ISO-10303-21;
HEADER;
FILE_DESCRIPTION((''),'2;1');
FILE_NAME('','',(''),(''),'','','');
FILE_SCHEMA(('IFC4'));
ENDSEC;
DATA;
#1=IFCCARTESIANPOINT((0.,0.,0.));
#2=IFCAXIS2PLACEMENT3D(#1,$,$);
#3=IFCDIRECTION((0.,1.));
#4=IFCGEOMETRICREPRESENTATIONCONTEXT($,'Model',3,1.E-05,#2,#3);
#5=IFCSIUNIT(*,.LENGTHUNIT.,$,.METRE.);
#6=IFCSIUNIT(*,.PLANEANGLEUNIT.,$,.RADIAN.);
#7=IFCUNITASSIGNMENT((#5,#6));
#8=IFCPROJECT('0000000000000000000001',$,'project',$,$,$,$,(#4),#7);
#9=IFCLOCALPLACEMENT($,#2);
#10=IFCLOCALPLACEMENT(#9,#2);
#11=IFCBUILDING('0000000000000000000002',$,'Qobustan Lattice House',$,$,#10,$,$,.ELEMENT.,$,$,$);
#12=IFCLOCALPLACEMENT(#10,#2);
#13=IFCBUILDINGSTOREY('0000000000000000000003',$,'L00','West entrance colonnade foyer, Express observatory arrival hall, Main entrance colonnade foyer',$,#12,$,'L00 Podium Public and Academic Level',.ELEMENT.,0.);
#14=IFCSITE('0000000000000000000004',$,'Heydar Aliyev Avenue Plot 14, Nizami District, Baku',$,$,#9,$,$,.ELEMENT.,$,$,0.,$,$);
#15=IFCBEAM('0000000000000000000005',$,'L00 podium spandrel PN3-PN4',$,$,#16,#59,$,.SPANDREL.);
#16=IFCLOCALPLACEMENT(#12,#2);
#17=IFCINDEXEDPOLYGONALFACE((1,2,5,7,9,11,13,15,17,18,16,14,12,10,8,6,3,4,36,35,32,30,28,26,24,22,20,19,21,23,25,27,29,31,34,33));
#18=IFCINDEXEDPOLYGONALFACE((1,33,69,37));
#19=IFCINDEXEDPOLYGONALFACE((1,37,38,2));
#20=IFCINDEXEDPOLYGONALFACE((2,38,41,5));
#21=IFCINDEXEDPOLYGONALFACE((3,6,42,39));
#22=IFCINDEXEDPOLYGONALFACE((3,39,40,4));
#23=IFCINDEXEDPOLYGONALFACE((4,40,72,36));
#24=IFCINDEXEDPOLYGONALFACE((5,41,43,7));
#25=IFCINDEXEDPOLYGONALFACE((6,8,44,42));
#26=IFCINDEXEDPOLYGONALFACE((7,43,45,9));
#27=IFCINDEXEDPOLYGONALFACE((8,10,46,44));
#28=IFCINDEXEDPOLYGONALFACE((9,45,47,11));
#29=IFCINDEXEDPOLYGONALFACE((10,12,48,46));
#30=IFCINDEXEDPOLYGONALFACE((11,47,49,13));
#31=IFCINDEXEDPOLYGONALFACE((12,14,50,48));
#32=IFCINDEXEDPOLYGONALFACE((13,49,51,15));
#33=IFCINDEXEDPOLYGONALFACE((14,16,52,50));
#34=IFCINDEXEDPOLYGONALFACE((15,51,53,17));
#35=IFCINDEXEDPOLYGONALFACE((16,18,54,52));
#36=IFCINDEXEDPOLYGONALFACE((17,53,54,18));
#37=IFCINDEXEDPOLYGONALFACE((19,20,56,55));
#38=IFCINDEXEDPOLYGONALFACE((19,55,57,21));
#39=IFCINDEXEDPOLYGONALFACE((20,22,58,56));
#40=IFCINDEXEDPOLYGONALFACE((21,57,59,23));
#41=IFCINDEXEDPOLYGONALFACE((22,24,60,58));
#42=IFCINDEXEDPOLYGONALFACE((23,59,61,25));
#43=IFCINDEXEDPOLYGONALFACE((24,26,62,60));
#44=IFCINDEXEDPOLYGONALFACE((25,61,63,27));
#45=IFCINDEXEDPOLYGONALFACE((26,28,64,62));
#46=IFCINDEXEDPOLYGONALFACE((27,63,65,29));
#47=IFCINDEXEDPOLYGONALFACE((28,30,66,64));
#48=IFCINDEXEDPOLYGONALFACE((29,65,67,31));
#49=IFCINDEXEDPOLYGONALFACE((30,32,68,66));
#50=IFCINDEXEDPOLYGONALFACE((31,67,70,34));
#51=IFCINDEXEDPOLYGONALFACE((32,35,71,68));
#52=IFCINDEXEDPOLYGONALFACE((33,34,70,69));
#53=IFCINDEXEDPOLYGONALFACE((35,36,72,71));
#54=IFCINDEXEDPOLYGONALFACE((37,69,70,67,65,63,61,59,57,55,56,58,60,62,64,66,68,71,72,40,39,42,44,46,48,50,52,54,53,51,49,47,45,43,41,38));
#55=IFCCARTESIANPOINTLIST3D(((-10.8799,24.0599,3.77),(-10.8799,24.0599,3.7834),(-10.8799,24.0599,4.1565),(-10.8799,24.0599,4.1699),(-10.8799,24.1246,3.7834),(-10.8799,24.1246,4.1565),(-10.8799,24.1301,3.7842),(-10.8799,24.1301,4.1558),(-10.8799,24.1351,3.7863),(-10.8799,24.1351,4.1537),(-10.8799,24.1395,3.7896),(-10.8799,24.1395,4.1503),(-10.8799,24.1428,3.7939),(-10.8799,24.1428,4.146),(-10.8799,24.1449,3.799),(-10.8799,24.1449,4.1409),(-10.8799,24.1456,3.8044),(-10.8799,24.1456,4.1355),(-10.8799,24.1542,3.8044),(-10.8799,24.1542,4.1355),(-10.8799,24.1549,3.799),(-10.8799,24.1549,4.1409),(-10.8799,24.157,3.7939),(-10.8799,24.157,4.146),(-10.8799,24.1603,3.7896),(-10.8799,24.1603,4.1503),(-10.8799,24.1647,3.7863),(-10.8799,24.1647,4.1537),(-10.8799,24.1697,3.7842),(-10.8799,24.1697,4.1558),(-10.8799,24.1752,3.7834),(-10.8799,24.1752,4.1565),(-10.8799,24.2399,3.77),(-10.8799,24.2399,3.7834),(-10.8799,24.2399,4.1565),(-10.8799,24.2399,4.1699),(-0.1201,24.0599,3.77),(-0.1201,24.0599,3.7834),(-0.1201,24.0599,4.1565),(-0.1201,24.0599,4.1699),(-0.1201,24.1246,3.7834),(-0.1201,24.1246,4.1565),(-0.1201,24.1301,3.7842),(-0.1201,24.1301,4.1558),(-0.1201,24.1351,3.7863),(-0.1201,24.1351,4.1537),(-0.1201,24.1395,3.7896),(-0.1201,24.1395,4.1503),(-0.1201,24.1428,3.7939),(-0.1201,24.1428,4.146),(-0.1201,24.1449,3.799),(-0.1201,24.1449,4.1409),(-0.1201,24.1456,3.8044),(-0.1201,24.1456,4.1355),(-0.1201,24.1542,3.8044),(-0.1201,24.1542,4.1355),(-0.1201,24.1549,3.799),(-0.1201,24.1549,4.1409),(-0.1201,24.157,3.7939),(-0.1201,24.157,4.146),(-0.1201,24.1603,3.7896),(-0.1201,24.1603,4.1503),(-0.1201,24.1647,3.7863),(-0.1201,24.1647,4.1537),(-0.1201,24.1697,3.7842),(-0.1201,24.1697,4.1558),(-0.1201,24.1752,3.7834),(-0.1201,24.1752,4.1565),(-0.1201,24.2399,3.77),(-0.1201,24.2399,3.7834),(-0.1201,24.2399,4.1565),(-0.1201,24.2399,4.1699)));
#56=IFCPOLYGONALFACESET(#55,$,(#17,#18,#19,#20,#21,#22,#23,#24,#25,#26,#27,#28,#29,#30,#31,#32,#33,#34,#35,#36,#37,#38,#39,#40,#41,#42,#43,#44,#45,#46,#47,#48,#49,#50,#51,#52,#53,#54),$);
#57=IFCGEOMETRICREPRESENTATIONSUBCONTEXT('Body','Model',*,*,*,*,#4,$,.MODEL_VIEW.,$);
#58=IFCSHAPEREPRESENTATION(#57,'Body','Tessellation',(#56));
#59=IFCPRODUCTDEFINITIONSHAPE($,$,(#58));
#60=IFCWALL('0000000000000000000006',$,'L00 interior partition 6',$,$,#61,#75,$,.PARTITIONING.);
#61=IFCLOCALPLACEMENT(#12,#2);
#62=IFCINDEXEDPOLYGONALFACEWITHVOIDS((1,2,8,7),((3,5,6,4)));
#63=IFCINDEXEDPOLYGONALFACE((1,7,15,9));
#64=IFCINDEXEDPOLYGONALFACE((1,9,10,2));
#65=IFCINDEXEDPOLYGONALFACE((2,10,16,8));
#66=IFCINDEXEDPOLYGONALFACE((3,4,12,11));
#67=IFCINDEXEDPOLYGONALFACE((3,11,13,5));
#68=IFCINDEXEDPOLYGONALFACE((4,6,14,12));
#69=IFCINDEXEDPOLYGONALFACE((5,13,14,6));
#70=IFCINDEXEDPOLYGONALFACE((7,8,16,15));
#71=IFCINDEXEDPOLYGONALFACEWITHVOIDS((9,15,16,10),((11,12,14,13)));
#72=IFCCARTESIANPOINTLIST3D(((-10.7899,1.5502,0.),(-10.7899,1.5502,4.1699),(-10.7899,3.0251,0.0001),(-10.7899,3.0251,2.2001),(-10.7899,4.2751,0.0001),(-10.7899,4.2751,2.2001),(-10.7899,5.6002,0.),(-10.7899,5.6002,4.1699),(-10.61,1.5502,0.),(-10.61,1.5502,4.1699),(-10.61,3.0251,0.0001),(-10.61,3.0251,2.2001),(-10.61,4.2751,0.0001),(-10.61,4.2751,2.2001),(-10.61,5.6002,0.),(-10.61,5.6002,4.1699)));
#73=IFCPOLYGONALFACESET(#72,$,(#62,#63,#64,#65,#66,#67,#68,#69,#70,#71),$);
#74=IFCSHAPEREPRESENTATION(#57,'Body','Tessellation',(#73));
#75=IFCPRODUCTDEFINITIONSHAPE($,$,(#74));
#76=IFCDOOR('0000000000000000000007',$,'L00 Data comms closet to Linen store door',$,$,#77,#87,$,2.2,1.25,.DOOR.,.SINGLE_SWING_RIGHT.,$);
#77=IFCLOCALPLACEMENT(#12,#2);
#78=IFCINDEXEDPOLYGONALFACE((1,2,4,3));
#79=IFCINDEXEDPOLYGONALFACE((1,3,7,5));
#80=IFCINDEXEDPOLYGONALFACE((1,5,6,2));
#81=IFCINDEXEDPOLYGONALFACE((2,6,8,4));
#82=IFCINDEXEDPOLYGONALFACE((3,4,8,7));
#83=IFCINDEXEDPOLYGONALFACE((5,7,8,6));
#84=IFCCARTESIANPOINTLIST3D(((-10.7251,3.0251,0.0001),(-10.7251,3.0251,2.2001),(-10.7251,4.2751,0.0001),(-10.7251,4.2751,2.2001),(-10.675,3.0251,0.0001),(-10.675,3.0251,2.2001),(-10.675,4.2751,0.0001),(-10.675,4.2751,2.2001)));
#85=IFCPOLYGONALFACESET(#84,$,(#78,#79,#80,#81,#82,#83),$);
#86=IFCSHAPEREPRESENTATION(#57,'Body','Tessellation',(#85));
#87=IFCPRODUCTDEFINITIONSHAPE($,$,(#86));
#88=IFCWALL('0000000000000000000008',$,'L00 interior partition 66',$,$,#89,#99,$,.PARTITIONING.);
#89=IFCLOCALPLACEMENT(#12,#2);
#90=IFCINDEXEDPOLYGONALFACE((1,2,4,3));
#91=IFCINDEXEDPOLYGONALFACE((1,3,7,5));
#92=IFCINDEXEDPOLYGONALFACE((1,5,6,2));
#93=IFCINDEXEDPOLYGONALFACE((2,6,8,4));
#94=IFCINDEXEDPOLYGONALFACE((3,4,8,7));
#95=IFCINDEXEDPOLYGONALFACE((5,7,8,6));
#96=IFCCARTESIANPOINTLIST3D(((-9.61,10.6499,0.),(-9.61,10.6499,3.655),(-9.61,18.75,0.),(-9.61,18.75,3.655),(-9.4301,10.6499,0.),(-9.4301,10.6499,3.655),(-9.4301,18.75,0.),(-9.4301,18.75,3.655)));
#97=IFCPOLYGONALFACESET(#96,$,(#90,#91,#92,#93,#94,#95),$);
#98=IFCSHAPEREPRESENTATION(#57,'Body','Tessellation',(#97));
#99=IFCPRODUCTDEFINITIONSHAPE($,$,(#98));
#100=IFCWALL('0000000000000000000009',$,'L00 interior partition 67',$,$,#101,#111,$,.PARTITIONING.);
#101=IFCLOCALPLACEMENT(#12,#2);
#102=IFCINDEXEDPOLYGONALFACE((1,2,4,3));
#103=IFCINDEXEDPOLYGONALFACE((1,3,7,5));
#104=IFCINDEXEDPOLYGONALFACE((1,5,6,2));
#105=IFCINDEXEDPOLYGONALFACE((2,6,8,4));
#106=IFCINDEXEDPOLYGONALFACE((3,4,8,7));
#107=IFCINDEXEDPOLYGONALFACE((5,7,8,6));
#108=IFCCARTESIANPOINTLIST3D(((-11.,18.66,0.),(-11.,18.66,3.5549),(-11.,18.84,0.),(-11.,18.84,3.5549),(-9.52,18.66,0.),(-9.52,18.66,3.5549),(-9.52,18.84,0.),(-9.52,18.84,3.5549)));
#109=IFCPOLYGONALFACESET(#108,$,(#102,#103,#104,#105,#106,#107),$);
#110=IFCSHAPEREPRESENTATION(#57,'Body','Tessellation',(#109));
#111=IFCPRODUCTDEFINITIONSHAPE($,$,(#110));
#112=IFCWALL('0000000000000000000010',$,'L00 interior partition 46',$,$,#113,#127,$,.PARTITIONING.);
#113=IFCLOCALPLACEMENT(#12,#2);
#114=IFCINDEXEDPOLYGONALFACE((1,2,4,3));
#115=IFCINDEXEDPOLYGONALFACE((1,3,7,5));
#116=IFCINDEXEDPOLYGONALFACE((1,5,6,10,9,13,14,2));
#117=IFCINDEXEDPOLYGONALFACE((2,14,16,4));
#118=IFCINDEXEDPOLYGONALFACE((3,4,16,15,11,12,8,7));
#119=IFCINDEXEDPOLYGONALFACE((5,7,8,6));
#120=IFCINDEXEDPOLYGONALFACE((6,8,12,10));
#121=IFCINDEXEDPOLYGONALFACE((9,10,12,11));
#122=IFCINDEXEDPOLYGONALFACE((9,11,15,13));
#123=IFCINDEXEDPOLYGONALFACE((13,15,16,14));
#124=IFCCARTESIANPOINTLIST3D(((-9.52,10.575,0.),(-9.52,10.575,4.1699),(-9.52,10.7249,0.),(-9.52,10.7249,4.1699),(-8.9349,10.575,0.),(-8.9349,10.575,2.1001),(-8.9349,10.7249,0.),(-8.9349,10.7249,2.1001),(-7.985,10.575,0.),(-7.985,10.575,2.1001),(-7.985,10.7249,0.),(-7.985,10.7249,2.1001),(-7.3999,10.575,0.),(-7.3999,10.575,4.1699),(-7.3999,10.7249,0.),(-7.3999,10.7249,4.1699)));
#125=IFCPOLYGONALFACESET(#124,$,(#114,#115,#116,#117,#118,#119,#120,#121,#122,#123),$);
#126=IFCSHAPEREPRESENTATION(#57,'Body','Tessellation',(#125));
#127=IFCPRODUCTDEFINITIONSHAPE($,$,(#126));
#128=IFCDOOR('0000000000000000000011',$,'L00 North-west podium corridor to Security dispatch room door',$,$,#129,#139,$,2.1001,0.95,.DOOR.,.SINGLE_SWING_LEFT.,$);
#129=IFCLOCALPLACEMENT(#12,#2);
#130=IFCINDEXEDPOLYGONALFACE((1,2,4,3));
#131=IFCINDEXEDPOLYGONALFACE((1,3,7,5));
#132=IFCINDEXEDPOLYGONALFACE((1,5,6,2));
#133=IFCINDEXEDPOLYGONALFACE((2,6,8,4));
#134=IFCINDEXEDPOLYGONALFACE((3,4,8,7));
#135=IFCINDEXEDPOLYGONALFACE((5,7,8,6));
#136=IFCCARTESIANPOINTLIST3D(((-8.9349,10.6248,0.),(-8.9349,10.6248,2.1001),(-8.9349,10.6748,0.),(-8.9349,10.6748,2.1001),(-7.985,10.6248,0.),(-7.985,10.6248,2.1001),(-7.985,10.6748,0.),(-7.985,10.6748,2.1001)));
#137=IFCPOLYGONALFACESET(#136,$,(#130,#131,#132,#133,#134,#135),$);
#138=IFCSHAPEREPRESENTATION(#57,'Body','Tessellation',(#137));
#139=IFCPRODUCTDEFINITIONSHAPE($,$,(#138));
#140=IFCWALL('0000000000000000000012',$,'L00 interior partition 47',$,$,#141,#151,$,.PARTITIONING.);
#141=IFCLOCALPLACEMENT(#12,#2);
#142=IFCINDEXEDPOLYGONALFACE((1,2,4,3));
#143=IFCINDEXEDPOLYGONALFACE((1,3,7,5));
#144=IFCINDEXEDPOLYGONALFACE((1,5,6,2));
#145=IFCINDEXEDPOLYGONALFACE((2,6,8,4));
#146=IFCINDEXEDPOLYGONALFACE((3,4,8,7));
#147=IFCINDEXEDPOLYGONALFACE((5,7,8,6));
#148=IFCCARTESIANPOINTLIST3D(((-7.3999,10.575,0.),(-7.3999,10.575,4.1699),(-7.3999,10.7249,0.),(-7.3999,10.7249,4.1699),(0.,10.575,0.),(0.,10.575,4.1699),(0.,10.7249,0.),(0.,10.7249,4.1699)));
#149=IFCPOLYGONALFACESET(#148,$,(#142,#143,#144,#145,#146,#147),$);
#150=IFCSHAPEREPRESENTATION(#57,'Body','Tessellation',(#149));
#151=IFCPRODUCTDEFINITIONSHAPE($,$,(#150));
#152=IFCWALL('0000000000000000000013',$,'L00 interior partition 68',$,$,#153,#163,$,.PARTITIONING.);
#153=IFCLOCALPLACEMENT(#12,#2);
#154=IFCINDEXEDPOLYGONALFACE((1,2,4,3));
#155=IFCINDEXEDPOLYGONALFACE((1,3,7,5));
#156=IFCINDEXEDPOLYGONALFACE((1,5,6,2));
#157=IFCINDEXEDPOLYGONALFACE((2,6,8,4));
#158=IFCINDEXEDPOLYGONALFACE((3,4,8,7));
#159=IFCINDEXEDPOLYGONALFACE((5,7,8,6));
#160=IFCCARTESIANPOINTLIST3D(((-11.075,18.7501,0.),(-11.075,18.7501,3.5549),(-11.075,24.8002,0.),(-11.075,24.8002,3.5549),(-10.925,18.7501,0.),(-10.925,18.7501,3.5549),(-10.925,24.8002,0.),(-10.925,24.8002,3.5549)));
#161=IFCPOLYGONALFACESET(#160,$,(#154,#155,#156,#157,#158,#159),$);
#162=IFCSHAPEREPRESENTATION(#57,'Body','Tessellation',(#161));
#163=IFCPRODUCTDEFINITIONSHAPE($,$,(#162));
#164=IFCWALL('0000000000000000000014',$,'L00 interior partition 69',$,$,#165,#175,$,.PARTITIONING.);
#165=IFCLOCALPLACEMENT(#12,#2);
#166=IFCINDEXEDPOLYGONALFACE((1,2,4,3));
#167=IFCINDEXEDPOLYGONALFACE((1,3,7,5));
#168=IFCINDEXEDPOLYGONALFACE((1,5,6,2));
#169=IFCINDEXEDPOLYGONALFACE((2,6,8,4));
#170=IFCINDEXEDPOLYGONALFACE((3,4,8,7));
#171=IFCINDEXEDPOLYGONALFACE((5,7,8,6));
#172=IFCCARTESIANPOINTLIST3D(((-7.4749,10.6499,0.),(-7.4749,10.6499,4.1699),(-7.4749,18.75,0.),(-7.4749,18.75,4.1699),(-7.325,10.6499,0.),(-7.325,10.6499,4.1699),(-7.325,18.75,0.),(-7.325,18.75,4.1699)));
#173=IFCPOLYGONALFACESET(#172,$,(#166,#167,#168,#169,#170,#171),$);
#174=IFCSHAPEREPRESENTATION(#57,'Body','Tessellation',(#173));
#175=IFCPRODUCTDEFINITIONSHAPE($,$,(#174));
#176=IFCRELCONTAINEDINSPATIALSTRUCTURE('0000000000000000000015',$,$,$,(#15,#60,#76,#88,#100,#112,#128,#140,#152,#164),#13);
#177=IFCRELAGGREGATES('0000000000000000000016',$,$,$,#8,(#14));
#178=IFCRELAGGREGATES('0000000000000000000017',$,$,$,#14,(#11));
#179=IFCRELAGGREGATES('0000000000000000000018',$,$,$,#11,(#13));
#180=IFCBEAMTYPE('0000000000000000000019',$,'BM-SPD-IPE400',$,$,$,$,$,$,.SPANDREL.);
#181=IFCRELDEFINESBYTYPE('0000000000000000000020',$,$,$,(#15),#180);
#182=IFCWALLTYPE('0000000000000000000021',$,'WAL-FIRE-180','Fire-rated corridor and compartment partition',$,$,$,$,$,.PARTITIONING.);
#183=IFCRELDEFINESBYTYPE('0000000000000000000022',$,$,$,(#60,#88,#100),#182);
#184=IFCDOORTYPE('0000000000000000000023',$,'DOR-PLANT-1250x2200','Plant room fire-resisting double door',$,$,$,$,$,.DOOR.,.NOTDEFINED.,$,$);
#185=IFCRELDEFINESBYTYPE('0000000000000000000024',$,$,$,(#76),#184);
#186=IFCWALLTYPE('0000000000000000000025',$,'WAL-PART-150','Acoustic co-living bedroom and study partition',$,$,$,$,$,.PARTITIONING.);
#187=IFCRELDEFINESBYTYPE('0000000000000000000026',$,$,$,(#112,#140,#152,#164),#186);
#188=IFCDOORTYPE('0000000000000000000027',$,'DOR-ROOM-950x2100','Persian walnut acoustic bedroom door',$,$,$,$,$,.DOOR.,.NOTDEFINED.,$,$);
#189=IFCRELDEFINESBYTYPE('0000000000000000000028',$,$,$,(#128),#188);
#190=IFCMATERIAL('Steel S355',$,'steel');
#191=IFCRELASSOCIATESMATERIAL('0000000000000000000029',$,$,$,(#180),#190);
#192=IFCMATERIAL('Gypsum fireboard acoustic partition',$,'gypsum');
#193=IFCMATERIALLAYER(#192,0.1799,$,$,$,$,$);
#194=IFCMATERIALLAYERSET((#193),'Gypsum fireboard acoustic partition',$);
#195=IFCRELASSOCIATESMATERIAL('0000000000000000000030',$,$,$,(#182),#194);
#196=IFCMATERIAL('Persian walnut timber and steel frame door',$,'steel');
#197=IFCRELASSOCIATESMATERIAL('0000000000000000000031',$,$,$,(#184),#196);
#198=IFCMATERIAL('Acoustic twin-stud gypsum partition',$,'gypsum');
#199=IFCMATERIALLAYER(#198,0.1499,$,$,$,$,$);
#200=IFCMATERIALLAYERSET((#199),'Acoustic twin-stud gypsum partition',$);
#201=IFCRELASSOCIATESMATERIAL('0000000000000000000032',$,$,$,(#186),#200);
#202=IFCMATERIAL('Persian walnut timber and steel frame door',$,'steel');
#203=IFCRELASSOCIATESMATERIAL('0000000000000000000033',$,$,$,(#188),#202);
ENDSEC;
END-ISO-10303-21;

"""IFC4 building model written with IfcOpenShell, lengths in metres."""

from ifc_helpers import new_model, si_unit, direction, frame, frame_2d, origin, origin_2d, place, context, subcontext, project, spatial, rectangle, i_section, extrude, material, layer, layer_set, material_profile, profile_set, type_object, element, fill, save


model = new_model("IFC4")

# Units and contexts
model_context = context("Model", 3, precision=1e-05, world=origin(), true_north=direction((0.0, 1.0)))
body_context = subcontext(model_context, "Body", "Model", "MODEL_VIEW")
ifc_project = project(units=[si_unit("LENGTHUNIT", "METRE"), si_unit("PLANEANGLEUNIT", "RADIAN")], contexts=[model_context])

# Site, building, storey
site_placement = place(None, origin())
site = spatial("IfcSite", under=ifc_project, at=site_placement, Name="Heydar Aliyev Avenue Plot 14, Nizami District, Baku", CompositionType="ELEMENT", RefElevation=0.0)
building_placement = place(site_placement, origin())
building = spatial("IfcBuilding", under=site, at=building_placement, Name="Qobustan Lattice House", CompositionType="ELEMENT")
storey_placement = place(building_placement, origin())
storey = spatial("IfcBuildingStorey", under=building, at=storey_placement, Name="L00", Description="West entrance colonnade foyer, Express observatory arrival hall, Main entrance colonnade foyer", LongName="L00 Podium Public and Academic Level", CompositionType="ELEMENT", Elevation=0.0)

# Beam
ifc_material_1 = material(Name="Steel S355", Category="steel")
ifc_material_profile_1 = material_profile(ifc_material_1, i_section(OverallWidth=0.1799, OverallDepth=0.3999, WebThickness=0.0085, FlangeThickness=0.0134, FilletRadius=0.021, at=origin_2d()), Name="IPE400")
ifc_profile_set_1 = profile_set([ifc_material_profile_1], Name="Steel S355")
beam_type_1 = type_object("IfcBeamType", Name="BM-SPD-IPE400", PredefinedType="SPANDREL", material=ifc_profile_set_1)
beam_1_placement = place(storey_placement, frame((-10.8799, 24.1499, 3.97), z_axis=(1.0, 0.0, 0.0), x_axis=(0.0, 1.0, 0.0)))
element("IfcBeam", 1, at=beam_1_placement, inside=storey, type_object=beam_type_1, Name="L00 podium spandrel PN3-PN4", PredefinedType="SPANDREL", context=body_context, shape_type="SweptSolid", body=[
    extrude(i_section(OverallWidth=0.1799, OverallDepth=0.3999, WebThickness=0.0085, FlangeThickness=0.0134, FilletRadius=0.021, at=origin_2d()), origin(), (0.0, 0.0, 1.0), 10.7598),
])

# Wall, opening, door
ifc_material_2 = material(Name="Gypsum fireboard acoustic partition", Category="gypsum")
ifc_layer_1 = layer(ifc_material_2, 0.1799)
ifc_layer_set_1 = layer_set([ifc_layer_1], Name="Gypsum fireboard acoustic partition")
wall_type_1 = type_object("IfcWallType", Name="WAL-FIRE-180", Description="Fire-rated corridor and compartment partition", PredefinedType="PARTITIONING", material=ifc_layer_set_1)
wall_1_placement = place(storey_placement, frame((-10.7, 5.6001, 0.0), z_axis=(0.0, 0.0, 1.0), x_axis=(0.0, -1.0, 0.0)))
wall_1 = element("IfcWall", 2, at=wall_1_placement, inside=storey, type_object=wall_type_1, Name="L00 interior partition 6", PredefinedType="PARTITIONING", context=body_context, shape_type="SweptSolid", body=[
    extrude(rectangle(XDim=4.05, YDim=0.1799, at=frame_2d((2.0249, 0.0))), origin(), (0.0, 0.0, 1.0), 4.1699),
])
opening_1_placement = place(wall_1_placement, frame((1.325, 0.0, 0.0)))
opening_1 = element("IfcOpeningElement", 3, at=opening_1_placement, cuts=wall_1, PredefinedType="OPENING", context=body_context, shape_type="SweptSolid", body=[
    extrude(rectangle(XDim=1.25, YDim=2.2, at=frame_2d((0.625, 1.1001))), frame((0.0, 0.0999, 0.0), z_axis=(0.0, -1.0, 0.0), x_axis=(1.0, 0.0, 0.0)), (0.0, 0.0, 1.0), 0.2),
])
ifc_material_3 = material(Name="Persian walnut timber and steel frame door", Category="steel")
door_type_1 = type_object("IfcDoorType", Name="DOR-PLANT-1250x2200", Description="Plant room fire-resisting double door", OperationType="NOTDEFINED", PredefinedType="DOOR", material=ifc_material_3)
door_1_placement = place(opening_1_placement, origin())
door_1 = element("IfcDoor", 4, at=door_1_placement, inside=storey, type_object=door_type_1, Name="L00 Data comms closet to Linen store door", OperationType="SINGLE_SWING_RIGHT", OverallHeight=2.2, OverallWidth=1.25, PredefinedType="DOOR", context=body_context, shape_type="SweptSolid", body=[
    extrude(rectangle(XDim=1.25, YDim=2.2, at=frame_2d((0.625, 1.1001))), frame((0.0, 0.0249, 0.0), z_axis=(0.0, -1.0, 0.0), x_axis=(1.0, 0.0, 0.0)), (0.0, 0.0, 1.0), 0.05),
])
fill(opening_1, door_1)

# Walls
wall_2_placement = place(storey_placement, frame((-9.52, 18.75, 0.0), z_axis=(0.0, 0.0, 1.0), x_axis=(0.0, -1.0, 0.0)))
element("IfcWall", 5, at=wall_2_placement, inside=storey, type_object=wall_type_1, Name="L00 interior partition 66", PredefinedType="PARTITIONING", context=body_context, shape_type="SweptSolid", body=[
    extrude(rectangle(XDim=8.1001, YDim=0.1799, at=frame_2d((4.05, 0.0))), origin(), (0.0, 0.0, 1.0), 3.655),
])
wall_3_placement = place(storey_placement, frame((-11.0, 18.75, 0.0), z_axis=(0.0, 0.0, 1.0), x_axis=(1.0, 0.0, 0.0)))
element("IfcWall", 6, at=wall_3_placement, inside=storey, type_object=wall_type_1, Name="L00 interior partition 67", PredefinedType="PARTITIONING", context=body_context, shape_type="SweptSolid", body=[
    extrude(rectangle(XDim=1.48, YDim=0.1799, at=frame_2d((0.74, 0.0))), origin(), (0.0, 0.0, 1.0), 3.5549),
])

# Wall, opening, door
ifc_material_4 = material(Name="Acoustic twin-stud gypsum partition", Category="gypsum")
ifc_layer_2 = layer(ifc_material_4, 0.1499)
ifc_layer_set_2 = layer_set([ifc_layer_2], Name="Acoustic twin-stud gypsum partition")
wall_type_2 = type_object("IfcWallType", Name="WAL-PART-150", Description="Acoustic co-living bedroom and study partition", PredefinedType="PARTITIONING", material=ifc_layer_set_2)
wall_4_placement = place(storey_placement, frame((-9.52, 10.6499, 0.0), z_axis=(0.0, 0.0, 1.0), x_axis=(1.0, 0.0, 0.0)))
wall_4 = element("IfcWall", 7, at=wall_4_placement, inside=storey, type_object=wall_type_2, Name="L00 interior partition 46", PredefinedType="PARTITIONING", context=body_context, shape_type="SweptSolid", body=[
    extrude(rectangle(XDim=2.1201, YDim=0.1499, at=frame_2d((1.0601, 0.0))), origin(), (0.0, 0.0, 1.0), 4.1699),
])
opening_2_placement = place(wall_4_placement, frame((0.585, 0.0, 0.0)))
opening_2 = element("IfcOpeningElement", 8, at=opening_2_placement, cuts=wall_4, PredefinedType="OPENING", context=body_context, shape_type="SweptSolid", body=[
    extrude(rectangle(XDim=0.95, YDim=2.1001, at=frame_2d((0.4751, 1.05))), frame((0.0, 0.085, 0.0), z_axis=(0.0, -1.0, 0.0), x_axis=(1.0, 0.0, 0.0)), (0.0, 0.0, 1.0), 0.1699),
])
ifc_material_5 = material(Name="Persian walnut timber and steel frame door", Category="steel")
door_type_2 = type_object("IfcDoorType", Name="DOR-ROOM-950x2100", Description="Persian walnut acoustic bedroom door", OperationType="NOTDEFINED", PredefinedType="DOOR", material=ifc_material_5)
door_2_placement = place(opening_2_placement, origin())
door_2 = element("IfcDoor", 9, at=door_2_placement, inside=storey, type_object=door_type_2, Name="L00 North-west podium corridor to Security dispatch room door", OperationType="SINGLE_SWING_LEFT", OverallHeight=2.1001, OverallWidth=0.95, PredefinedType="DOOR", context=body_context, shape_type="SweptSolid", body=[
    extrude(rectangle(XDim=0.95, YDim=2.1001, at=frame_2d((0.4751, 1.05))), frame((0.0, 0.0249, 0.0), z_axis=(0.0, -1.0, 0.0), x_axis=(1.0, 0.0, 0.0)), (0.0, 0.0, 1.0), 0.05),
])
fill(opening_2, door_2)

# Walls
wall_5_placement = place(storey_placement, frame((-7.3999, 10.6499, 0.0), z_axis=(0.0, 0.0, 1.0), x_axis=(1.0, 0.0, 0.0)))
element("IfcWall", 10, at=wall_5_placement, inside=storey, type_object=wall_type_2, Name="L00 interior partition 47", PredefinedType="PARTITIONING", context=body_context, shape_type="SweptSolid", body=[
    extrude(rectangle(XDim=7.3999, YDim=0.1499, at=frame_2d((3.7, 0.0))), origin(), (0.0, 0.0, 1.0), 4.1699),
])
wall_6_placement = place(storey_placement, frame((-11.0, 24.8, 0.0), z_axis=(0.0, 0.0, 1.0), x_axis=(0.0, -1.0, 0.0)))
element("IfcWall", 11, at=wall_6_placement, inside=storey, type_object=wall_type_2, Name="L00 interior partition 68", PredefinedType="PARTITIONING", context=body_context, shape_type="SweptSolid", body=[
    extrude(rectangle(XDim=6.05, YDim=0.1499, at=frame_2d((3.0249, 0.0))), origin(), (0.0, 0.0, 1.0), 3.5549),
])
wall_7_placement = place(storey_placement, frame((-7.3999, 18.75, 0.0), z_axis=(0.0, 0.0, 1.0), x_axis=(0.0, -1.0, 0.0)))
element("IfcWall", 12, at=wall_7_placement, inside=storey, type_object=wall_type_2, Name="L00 interior partition 69", PredefinedType="PARTITIONING", context=body_context, shape_type="SweptSolid", body=[
    extrude(rectangle(XDim=8.1001, YDim=0.1499, at=frame_2d((4.05, 0.0))), origin(), (0.0, 0.0, 1.0), 4.1699),
])

save(model, "model.ifc")
